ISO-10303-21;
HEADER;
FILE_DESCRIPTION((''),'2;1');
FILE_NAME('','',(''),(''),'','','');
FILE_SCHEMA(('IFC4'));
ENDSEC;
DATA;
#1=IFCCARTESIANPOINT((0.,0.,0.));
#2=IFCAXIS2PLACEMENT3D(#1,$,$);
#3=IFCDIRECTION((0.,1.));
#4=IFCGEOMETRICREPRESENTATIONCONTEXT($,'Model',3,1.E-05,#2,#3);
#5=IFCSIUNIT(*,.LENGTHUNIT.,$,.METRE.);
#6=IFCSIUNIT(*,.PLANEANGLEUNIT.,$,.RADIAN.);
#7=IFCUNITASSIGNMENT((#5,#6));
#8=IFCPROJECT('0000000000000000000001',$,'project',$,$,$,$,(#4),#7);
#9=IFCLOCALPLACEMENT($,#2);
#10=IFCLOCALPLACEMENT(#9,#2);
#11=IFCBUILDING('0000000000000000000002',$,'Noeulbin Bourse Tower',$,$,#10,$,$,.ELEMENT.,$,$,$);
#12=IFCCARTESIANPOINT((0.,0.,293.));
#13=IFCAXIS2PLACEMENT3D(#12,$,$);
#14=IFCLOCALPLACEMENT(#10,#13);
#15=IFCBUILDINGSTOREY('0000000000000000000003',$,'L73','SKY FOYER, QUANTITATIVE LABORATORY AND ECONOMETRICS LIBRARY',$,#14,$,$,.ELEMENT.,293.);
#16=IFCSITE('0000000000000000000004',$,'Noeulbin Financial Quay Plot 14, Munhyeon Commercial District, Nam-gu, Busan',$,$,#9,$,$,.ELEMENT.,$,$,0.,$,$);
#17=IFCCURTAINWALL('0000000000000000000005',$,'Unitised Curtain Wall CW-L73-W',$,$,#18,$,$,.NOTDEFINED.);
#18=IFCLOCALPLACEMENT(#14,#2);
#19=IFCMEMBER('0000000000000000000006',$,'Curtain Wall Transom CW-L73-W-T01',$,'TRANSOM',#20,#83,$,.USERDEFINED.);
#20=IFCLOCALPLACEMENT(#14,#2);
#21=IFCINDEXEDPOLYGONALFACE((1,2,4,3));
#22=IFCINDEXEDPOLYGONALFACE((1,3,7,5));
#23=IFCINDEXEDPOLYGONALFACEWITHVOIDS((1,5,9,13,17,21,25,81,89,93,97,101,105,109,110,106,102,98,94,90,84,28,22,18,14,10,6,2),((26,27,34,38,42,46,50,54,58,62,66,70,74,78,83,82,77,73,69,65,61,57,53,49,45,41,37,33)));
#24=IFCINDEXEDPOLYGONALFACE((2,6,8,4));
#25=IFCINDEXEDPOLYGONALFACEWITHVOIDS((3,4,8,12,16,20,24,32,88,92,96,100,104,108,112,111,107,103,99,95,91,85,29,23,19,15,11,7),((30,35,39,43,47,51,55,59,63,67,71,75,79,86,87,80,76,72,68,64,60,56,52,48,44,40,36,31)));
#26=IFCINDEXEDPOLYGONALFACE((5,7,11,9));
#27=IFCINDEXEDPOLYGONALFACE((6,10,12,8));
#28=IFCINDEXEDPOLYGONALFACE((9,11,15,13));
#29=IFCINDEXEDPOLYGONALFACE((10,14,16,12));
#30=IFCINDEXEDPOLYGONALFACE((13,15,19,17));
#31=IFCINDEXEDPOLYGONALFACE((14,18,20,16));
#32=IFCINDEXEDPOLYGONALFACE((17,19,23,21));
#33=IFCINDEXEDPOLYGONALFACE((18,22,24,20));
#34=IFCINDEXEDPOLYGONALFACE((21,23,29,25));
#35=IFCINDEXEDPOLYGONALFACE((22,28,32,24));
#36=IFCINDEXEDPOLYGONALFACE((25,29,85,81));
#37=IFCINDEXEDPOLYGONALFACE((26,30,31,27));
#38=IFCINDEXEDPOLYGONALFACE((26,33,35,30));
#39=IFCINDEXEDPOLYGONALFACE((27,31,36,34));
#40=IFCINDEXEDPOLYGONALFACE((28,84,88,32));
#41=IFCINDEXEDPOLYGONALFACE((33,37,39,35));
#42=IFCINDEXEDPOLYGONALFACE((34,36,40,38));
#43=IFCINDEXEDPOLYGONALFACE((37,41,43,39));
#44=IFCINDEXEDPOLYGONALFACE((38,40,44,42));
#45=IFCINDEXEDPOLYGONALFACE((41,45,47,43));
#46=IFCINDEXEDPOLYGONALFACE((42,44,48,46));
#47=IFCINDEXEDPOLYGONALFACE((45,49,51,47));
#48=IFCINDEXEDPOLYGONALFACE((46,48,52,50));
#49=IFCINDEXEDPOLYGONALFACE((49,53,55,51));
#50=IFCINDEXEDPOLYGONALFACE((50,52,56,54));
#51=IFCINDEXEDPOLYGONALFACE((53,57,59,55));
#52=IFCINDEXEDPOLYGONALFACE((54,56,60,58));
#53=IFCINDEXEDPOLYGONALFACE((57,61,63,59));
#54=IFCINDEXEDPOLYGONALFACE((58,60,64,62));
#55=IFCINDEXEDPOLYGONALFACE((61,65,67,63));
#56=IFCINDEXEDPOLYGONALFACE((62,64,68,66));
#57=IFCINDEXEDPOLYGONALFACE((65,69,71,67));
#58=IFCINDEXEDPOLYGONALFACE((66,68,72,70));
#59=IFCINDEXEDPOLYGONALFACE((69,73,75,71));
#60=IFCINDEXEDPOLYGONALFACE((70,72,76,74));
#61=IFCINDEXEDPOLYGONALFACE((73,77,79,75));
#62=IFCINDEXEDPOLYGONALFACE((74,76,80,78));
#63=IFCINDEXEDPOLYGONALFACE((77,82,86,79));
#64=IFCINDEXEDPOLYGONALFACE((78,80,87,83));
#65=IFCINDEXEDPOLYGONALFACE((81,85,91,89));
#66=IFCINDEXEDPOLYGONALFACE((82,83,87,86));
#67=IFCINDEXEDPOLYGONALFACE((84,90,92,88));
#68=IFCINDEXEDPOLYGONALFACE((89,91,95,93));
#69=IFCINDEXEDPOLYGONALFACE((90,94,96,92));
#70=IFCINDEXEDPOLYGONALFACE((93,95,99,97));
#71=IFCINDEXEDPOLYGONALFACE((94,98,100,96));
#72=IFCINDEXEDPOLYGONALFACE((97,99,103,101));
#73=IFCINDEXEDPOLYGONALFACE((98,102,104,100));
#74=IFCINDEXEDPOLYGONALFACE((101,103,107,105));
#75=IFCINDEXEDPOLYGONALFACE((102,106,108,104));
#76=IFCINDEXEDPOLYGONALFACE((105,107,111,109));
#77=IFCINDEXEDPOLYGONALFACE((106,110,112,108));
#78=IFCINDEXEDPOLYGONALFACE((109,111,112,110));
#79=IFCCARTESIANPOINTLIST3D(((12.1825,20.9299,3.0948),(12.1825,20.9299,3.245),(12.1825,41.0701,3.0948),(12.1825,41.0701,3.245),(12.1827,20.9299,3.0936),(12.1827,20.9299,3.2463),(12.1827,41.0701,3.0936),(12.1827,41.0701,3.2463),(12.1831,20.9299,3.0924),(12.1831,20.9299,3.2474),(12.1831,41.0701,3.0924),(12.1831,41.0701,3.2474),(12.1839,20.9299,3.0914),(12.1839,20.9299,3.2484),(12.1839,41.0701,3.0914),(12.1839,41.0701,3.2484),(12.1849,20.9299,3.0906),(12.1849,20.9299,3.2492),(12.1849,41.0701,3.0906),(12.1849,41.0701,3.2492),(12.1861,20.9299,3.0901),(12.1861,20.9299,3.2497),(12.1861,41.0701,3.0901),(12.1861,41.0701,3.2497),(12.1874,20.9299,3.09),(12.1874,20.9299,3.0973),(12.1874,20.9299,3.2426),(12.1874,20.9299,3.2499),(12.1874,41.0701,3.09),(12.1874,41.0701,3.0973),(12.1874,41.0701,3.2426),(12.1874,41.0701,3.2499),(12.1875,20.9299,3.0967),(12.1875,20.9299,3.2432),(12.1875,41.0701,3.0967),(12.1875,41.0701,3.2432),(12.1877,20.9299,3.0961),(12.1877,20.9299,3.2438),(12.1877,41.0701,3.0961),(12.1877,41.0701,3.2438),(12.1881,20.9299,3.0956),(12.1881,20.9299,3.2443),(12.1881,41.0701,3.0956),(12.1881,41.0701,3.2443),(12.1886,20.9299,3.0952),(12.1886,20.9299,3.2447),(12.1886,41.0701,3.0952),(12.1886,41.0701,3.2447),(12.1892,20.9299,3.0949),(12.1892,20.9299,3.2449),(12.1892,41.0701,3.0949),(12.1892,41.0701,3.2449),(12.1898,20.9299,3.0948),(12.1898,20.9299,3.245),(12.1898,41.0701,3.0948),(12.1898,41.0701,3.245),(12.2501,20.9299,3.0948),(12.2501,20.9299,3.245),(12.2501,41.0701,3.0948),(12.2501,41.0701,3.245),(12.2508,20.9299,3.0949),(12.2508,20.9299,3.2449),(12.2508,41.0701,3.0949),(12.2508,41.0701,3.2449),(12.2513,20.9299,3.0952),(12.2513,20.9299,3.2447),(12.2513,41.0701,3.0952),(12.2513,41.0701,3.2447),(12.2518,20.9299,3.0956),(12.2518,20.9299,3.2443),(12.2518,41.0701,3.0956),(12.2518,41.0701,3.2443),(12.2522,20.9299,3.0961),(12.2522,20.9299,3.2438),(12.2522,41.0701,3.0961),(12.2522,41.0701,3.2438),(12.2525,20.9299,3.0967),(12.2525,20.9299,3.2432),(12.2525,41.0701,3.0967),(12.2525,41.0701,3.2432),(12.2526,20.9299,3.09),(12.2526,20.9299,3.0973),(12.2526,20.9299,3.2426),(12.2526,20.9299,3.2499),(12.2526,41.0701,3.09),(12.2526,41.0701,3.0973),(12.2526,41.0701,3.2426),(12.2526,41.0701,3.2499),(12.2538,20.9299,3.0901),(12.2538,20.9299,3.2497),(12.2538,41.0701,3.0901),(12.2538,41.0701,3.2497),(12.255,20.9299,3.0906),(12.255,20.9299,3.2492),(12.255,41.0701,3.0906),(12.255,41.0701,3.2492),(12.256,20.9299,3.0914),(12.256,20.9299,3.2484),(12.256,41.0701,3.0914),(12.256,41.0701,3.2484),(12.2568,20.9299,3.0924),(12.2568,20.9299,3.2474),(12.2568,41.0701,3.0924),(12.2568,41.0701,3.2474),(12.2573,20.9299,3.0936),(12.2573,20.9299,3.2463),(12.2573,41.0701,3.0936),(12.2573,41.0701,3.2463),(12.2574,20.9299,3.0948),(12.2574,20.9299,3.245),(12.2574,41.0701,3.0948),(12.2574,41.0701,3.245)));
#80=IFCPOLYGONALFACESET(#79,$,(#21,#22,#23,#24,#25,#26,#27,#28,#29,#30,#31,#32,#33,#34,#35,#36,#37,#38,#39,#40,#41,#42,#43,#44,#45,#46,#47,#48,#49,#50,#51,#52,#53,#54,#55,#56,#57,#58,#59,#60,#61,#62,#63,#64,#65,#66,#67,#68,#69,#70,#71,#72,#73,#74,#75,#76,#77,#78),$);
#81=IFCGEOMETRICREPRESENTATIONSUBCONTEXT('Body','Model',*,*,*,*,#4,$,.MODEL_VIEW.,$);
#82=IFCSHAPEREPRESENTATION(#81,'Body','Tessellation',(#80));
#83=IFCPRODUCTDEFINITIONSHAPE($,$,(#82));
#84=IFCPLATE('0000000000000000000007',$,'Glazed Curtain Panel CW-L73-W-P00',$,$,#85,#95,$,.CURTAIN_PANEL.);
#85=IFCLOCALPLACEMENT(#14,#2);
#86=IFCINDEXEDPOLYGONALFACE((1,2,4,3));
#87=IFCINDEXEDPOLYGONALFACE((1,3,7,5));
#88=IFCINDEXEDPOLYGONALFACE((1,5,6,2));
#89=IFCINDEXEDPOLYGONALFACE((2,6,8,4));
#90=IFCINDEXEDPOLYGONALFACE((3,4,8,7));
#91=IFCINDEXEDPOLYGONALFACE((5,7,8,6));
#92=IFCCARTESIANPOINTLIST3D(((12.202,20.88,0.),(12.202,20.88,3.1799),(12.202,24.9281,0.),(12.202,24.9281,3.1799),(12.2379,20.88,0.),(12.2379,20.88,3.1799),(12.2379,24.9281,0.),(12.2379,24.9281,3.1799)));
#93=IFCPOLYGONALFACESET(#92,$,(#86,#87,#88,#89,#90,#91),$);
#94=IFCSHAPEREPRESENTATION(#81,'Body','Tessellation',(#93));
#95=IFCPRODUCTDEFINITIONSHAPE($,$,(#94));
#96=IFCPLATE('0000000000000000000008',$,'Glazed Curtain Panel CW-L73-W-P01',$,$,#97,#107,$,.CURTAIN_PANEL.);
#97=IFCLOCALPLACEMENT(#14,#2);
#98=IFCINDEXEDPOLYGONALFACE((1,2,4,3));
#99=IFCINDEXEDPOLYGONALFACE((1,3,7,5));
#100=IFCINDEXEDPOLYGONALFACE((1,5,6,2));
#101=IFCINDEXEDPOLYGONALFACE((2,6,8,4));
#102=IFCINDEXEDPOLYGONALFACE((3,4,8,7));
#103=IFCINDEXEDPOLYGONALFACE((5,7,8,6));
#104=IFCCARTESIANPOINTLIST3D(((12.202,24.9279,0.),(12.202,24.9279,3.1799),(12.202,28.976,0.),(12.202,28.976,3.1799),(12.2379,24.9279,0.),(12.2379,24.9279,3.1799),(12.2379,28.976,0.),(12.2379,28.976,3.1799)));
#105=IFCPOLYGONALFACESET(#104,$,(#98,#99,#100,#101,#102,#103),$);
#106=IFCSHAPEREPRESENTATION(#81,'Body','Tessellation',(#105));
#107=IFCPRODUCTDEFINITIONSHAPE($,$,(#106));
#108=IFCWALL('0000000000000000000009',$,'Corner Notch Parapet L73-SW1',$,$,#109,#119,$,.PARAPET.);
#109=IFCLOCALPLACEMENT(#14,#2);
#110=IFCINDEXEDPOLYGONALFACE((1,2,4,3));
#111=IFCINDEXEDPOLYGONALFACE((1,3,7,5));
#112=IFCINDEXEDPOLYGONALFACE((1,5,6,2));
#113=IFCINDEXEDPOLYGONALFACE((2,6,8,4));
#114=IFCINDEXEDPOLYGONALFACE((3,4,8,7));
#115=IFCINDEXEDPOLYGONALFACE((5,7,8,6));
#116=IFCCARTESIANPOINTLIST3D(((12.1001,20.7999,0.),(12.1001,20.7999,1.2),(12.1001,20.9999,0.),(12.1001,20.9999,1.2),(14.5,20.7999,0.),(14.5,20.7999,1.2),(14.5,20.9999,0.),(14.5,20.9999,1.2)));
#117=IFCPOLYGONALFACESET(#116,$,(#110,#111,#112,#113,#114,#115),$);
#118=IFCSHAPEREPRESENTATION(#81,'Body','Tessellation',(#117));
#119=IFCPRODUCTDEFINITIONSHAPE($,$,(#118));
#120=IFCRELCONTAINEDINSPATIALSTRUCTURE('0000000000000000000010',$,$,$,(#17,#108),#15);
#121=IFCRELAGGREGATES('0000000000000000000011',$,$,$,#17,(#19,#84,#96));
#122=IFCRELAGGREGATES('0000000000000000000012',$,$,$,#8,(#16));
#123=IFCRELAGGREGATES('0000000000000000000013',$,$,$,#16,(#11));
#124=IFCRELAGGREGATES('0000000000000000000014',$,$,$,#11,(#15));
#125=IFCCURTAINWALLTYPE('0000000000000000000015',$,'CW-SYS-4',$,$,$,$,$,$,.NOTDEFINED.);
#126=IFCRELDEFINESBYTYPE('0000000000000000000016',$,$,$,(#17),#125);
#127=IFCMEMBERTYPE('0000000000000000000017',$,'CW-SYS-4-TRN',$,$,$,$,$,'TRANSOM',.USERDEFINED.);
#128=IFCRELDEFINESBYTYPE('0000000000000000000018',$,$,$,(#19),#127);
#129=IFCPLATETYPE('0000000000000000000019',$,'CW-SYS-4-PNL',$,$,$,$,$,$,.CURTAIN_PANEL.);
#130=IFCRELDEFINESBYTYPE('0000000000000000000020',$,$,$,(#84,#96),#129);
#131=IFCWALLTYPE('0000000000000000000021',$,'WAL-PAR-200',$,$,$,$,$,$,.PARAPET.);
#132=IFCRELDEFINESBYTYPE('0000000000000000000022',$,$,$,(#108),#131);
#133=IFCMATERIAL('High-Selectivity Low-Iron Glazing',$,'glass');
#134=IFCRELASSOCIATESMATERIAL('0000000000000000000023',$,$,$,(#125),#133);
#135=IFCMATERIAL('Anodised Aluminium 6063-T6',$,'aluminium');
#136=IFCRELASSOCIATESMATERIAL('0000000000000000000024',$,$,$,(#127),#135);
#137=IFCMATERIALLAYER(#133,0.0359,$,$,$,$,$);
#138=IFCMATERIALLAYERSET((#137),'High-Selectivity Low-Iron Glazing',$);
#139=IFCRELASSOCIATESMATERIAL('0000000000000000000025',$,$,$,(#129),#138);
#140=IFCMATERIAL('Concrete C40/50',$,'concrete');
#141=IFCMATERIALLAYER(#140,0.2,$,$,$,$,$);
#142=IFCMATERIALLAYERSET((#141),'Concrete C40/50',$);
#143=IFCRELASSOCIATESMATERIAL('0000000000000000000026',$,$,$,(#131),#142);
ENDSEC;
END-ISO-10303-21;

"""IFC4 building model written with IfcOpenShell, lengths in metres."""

from ifc_helpers import new_model, si_unit, direction, frame, frame_2d, origin, origin_2d, place, context, subcontext, project, spatial, rectangle, hollow_rectangle, extrude, material, layer, layer_set, material_profile, profile_set, type_object, element, aggregate, save


model = new_model("IFC4")

# Units and contexts
model_context = context("Model", 3, precision=1e-05, world=origin(), true_north=direction((0.0, 1.0)))
body_context = subcontext(model_context, "Body", "Model", "MODEL_VIEW")
ifc_project = project(units=[si_unit("LENGTHUNIT", "METRE"), si_unit("PLANEANGLEUNIT", "RADIAN")], contexts=[model_context])

# Site, building, storey
site_placement = place(None, origin())
site = spatial("IfcSite", under=ifc_project, at=site_placement, Name="Noeulbin Financial Quay Plot 14, Munhyeon Commercial District, Nam-gu, Busan", CompositionType="ELEMENT", RefElevation=0.0)
building_placement = place(site_placement, origin())
building = spatial("IfcBuilding", under=site, at=building_placement, Name="Noeulbin Bourse Tower", CompositionType="ELEMENT")
storey_placement = place(building_placement, frame((0.0, 0.0, 293.0)))
storey = spatial("IfcBuildingStorey", under=building, at=storey_placement, Name="L73", Description="SKY FOYER, QUANTITATIVE LABORATORY AND ECONOMETRICS LIBRARY", CompositionType="ELEMENT", Elevation=293.0)

# Curtain wall, member, plates
ifc_material_1 = material(Name="High-Selectivity Low-Iron Glazing", Category="glass")
curtain_wall_type = type_object("IfcCurtainWallType", Name="CW-SYS-4", PredefinedType="NOTDEFINED", material=ifc_material_1)
curtain_wall_placement = place(storey_placement, origin())
curtain_wall = element("IfcCurtainWall", 1, at=curtain_wall_placement, inside=storey, type_object=curtain_wall_type, Name="Unitised Curtain Wall CW-L73-W", PredefinedType="NOTDEFINED")
ifc_material_2 = material(Name="Anodised Aluminium 6063-T6", Category="aluminium")
ifc_material_profile_1 = material_profile(ifc_material_2, hollow_rectangle(XDim=0.075, YDim=0.1599, WallThickness=0.0049, InnerFilletRadius=0.0024, OuterFilletRadius=0.0049, at=origin_2d()), Name="ALU-TRAN-75x160x5", Category="LoadBearing")
ifc_profile_set_1 = profile_set([ifc_material_profile_1], Name="Anodised Aluminium 6063-T6")
member_type_1 = type_object("IfcMemberType", Name="CW-SYS-4-TRN", ElementType="TRANSOM", PredefinedType="USERDEFINED", material=ifc_profile_set_1)
member_1_placement = place(storey_placement, frame((12.22, 20.9299, 3.1699), z_axis=(0.0, 1.0, 0.0), x_axis=(-1.0, 0.0, 0.0)))
member_1 = element("IfcMember", 2, at=member_1_placement, type_object=member_type_1, Name="Curtain Wall Transom CW-L73-W-T01", ObjectType="TRANSOM", PredefinedType="USERDEFINED", context=body_context, shape_type="SweptSolid", body=[
    extrude(hollow_rectangle(XDim=0.075, YDim=0.1599, WallThickness=0.0049, InnerFilletRadius=0.0024, OuterFilletRadius=0.0049, at=origin_2d()), origin(), (0.0, 0.0, 1.0), 20.1401),
])
ifc_layer_1 = layer(ifc_material_1, 0.0359)
ifc_layer_set_1 = layer_set([ifc_layer_1], Name="High-Selectivity Low-Iron Glazing")
plate_type = type_object("IfcPlateType", Name="CW-SYS-4-PNL", PredefinedType="CURTAIN_PANEL", material=ifc_layer_set_1)
plate_1_placement = place(storey_placement, frame((12.22, 22.9041, 0.0), z_axis=(0.0, 0.0, 1.0), x_axis=(0.0, 1.0, 0.0)))
plate_1 = element("IfcPlate", 3, at=plate_1_placement, type_object=plate_type, Name="Glazed Curtain Panel CW-L73-W-P00", PredefinedType="CURTAIN_PANEL", context=body_context, shape_type="SweptSolid", body=[
    extrude(rectangle(XDim=4.0481, YDim=0.0359, at=origin_2d()), origin(), (0.0, 0.0, 1.0), 3.1799),
])
plate_2_placement = place(storey_placement, frame((12.22, 26.9519, 0.0), z_axis=(0.0, 0.0, 1.0), x_axis=(0.0, 1.0, 0.0)))
plate_2 = element("IfcPlate", 4, at=plate_2_placement, type_object=plate_type, Name="Glazed Curtain Panel CW-L73-W-P01", PredefinedType="CURTAIN_PANEL", context=body_context, shape_type="SweptSolid", body=[
    extrude(rectangle(XDim=4.0481, YDim=0.0359, at=origin_2d()), origin(), (0.0, 0.0, 1.0), 3.1799),
])
aggregate(curtain_wall, [member_1, plate_1, plate_2])

# Wall
ifc_material_3 = material(Name="Concrete C40/50", Category="concrete")
ifc_layer_2 = layer(ifc_material_3, 0.2)
ifc_layer_set_2 = layer_set([ifc_layer_2], Name="Concrete C40/50")
wall_type = type_object("IfcWallType", Name="WAL-PAR-200", PredefinedType="PARAPET", material=ifc_layer_set_2)
wall_placement = place(storey_placement, frame((12.1001, 20.8999, 0.0), z_axis=(0.0, 0.0, 1.0), x_axis=(1.0, 0.0, 0.0)))
element("IfcWall", 5, at=wall_placement, inside=storey, type_object=wall_type, Name="Corner Notch Parapet L73-SW1", PredefinedType="PARAPET", context=body_context, shape_type="SweptSolid", body=[
    extrude(rectangle(XDim=2.3999, YDim=0.2, at=frame_2d((1.2, 0.0))), origin(), (0.0, 0.0, 1.0), 1.2),
])

save(model, "model.ifc")
